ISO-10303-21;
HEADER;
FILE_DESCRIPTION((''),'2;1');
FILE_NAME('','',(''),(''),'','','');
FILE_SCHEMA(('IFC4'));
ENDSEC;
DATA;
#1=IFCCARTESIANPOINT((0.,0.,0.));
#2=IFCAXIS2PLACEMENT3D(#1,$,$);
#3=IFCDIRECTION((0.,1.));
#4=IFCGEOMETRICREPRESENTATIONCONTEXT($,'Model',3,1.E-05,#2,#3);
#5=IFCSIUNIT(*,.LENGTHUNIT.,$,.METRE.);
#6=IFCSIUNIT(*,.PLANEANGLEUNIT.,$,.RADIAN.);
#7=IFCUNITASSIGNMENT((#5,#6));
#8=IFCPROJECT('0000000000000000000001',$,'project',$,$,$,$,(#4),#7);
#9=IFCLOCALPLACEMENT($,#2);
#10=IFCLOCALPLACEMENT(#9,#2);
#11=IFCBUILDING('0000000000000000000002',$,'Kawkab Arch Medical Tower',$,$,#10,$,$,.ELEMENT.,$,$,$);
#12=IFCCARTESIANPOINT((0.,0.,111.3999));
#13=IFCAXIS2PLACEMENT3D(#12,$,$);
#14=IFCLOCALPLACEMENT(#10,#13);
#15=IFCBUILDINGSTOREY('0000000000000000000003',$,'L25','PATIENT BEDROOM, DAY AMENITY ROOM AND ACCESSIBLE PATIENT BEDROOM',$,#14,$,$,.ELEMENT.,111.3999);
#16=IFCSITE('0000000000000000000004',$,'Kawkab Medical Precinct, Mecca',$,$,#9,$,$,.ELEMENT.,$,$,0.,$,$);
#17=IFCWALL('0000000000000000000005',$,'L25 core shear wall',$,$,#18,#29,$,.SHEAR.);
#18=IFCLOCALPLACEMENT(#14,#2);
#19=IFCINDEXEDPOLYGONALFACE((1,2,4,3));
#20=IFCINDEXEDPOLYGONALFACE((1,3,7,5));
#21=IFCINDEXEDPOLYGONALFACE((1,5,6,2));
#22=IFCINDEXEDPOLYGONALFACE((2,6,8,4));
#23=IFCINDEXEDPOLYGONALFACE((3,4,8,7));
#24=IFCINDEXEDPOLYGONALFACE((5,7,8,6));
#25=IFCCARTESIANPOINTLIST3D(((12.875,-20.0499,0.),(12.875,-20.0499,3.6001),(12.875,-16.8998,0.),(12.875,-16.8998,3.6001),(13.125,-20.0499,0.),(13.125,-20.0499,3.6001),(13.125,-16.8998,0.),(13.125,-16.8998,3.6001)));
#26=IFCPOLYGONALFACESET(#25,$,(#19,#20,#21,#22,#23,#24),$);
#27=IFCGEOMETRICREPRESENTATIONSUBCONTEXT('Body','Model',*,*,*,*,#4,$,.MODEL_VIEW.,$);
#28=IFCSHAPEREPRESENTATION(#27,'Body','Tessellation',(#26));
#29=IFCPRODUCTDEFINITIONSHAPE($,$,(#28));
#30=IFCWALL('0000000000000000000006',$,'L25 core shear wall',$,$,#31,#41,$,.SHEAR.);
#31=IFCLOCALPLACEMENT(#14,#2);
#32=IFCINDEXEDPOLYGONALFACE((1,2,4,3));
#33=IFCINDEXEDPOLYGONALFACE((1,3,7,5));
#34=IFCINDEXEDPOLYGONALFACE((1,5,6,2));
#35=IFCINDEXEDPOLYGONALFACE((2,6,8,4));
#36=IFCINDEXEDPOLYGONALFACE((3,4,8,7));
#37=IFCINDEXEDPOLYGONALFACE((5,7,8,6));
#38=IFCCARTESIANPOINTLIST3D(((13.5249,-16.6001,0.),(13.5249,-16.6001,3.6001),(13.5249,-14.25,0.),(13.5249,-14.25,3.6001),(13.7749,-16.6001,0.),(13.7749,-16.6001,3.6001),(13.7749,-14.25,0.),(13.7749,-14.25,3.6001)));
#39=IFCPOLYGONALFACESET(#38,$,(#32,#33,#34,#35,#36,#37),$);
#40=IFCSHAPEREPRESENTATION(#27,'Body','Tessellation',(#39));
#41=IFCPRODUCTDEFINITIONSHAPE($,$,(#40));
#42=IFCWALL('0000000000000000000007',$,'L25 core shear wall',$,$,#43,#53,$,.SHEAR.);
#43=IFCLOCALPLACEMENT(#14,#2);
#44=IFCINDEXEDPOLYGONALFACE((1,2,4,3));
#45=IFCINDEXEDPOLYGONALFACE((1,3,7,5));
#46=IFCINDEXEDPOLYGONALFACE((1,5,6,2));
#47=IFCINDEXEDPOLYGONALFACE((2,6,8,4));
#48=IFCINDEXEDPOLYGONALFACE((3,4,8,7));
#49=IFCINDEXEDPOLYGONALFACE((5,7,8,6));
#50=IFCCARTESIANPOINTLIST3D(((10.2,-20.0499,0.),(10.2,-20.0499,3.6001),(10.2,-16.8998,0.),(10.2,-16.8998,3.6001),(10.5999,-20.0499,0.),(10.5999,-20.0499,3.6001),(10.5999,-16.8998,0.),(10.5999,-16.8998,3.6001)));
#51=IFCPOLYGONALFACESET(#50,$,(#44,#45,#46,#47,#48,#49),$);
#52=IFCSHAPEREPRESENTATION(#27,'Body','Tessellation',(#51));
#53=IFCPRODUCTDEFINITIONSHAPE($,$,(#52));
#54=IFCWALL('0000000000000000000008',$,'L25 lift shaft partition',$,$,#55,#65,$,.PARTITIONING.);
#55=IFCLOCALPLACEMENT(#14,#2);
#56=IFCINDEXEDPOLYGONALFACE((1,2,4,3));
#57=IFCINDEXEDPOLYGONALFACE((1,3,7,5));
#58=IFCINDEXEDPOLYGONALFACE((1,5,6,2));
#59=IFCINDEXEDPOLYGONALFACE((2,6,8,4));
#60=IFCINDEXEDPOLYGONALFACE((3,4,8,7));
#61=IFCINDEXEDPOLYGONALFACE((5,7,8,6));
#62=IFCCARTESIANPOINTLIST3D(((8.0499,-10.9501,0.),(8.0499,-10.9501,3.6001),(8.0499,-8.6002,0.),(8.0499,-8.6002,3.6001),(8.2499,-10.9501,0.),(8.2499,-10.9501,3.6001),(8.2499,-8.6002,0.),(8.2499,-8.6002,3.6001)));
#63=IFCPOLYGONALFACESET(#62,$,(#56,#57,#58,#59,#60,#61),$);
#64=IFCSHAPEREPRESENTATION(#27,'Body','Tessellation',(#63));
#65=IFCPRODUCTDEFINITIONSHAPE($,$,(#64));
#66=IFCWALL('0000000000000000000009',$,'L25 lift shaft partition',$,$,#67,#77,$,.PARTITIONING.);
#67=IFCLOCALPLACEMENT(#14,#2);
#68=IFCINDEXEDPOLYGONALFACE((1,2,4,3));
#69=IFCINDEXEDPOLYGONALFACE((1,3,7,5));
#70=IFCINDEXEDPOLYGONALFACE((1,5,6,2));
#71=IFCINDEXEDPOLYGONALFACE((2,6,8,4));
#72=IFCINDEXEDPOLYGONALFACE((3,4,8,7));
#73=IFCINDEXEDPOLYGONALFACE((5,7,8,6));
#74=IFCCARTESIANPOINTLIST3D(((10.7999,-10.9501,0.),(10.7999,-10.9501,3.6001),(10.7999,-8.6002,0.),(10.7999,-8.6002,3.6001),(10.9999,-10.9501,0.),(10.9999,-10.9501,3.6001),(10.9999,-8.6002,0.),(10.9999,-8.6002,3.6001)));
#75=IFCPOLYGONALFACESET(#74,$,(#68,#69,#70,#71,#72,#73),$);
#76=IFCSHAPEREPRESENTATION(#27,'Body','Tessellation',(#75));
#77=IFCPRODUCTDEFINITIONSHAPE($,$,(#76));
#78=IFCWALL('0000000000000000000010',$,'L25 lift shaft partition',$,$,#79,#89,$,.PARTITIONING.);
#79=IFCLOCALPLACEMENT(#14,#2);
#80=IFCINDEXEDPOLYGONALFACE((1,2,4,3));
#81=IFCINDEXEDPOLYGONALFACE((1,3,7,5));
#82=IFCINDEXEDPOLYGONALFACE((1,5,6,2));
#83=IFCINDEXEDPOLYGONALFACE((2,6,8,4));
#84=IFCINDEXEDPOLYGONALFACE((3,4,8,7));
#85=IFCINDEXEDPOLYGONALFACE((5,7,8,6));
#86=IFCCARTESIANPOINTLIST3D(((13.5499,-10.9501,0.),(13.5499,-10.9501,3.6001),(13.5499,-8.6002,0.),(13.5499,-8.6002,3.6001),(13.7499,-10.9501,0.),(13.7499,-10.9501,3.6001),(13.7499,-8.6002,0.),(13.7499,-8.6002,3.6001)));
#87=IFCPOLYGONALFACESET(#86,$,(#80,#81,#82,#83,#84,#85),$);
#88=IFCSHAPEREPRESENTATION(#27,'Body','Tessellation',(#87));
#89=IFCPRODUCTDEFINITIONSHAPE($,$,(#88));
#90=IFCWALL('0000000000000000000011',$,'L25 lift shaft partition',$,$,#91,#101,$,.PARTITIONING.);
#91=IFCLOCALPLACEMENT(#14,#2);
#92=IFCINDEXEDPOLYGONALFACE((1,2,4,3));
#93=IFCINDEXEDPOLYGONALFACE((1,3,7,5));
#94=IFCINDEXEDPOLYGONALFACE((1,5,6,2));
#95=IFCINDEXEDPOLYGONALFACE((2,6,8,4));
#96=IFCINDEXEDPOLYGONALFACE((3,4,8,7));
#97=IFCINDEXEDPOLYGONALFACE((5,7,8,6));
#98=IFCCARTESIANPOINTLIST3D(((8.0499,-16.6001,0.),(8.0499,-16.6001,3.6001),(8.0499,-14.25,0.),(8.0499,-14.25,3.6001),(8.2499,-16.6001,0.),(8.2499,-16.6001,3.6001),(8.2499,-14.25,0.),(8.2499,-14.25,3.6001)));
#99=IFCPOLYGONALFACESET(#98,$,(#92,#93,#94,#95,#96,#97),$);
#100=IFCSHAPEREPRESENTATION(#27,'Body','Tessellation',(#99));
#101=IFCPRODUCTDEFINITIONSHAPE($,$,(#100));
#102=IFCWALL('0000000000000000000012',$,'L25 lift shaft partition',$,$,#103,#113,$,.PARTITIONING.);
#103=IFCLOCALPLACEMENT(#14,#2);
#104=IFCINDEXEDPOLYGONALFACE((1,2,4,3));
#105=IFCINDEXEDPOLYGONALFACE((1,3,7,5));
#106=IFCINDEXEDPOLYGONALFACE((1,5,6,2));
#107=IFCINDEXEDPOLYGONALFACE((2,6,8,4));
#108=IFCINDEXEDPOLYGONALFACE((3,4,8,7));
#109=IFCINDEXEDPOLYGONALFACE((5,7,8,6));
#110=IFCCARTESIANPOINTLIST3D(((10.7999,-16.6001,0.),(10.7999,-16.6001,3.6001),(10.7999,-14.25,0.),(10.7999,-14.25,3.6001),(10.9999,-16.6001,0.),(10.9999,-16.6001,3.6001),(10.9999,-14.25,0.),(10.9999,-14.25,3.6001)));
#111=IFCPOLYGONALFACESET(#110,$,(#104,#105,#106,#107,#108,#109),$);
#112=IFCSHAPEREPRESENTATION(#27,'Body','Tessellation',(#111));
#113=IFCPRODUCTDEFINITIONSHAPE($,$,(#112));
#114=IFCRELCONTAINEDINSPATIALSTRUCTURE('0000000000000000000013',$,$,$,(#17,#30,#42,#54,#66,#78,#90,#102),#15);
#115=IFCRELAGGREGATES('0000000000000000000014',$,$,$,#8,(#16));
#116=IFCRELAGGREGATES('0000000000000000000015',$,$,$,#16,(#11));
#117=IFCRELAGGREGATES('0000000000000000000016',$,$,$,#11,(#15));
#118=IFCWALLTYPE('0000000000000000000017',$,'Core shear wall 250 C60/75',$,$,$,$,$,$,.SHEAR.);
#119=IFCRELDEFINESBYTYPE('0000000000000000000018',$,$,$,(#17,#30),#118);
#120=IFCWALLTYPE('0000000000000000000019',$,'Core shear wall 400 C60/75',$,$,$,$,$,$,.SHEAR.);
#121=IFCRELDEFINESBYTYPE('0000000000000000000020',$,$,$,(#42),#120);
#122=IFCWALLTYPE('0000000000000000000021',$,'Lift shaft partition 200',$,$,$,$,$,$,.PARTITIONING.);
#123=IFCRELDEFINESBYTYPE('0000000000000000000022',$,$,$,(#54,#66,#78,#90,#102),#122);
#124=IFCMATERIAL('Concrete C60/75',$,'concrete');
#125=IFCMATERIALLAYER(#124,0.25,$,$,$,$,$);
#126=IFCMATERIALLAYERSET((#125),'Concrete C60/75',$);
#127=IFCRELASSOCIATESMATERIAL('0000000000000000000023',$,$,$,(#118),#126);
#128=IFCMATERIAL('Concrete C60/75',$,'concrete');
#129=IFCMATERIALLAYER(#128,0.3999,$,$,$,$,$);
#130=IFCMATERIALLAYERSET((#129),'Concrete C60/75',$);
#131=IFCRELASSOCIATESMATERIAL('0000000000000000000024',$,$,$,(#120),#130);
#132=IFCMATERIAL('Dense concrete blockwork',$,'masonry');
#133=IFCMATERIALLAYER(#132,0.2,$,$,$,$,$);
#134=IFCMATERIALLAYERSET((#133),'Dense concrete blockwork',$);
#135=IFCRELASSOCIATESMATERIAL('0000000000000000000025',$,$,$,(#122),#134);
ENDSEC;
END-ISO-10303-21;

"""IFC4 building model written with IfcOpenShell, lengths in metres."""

from ifc_helpers import new_model, si_unit, direction, frame, frame_2d, origin, place, context, subcontext, project, spatial, rectangle, extrude, material, layer, layer_set, type_object, element, save


model = new_model("IFC4")

# Units and contexts
model_context = context("Model", 3, precision=1e-05, world=origin(), true_north=direction((0.0, 1.0)))
body_context = subcontext(model_context, "Body", "Model", "MODEL_VIEW")
ifc_project = project(units=[si_unit("LENGTHUNIT", "METRE"), si_unit("PLANEANGLEUNIT", "RADIAN")], contexts=[model_context])

# Site, building, storey
site_placement = place(None, origin())
site = spatial("IfcSite", under=ifc_project, at=site_placement, Name="Kawkab Medical Precinct, Mecca", CompositionType="ELEMENT", RefElevation=0.0)
building_placement = place(site_placement, origin())
building = spatial("IfcBuilding", under=site, at=building_placement, Name="Kawkab Arch Medical Tower", CompositionType="ELEMENT")
storey_placement = place(building_placement, frame((0.0, 0.0, 111.3999)))
storey = spatial("IfcBuildingStorey", under=building, at=storey_placement, Name="L25", Description="PATIENT BEDROOM, DAY AMENITY ROOM AND ACCESSIBLE PATIENT BEDROOM", CompositionType="ELEMENT", Elevation=111.3999)

# Walls
ifc_material_1 = material(Name="Concrete C60/75", Category="concrete")
ifc_layer_1 = layer(ifc_material_1, 0.25)
ifc_layer_set_1 = layer_set([ifc_layer_1], Name="Concrete C60/75")
wall_type_1 = type_object("IfcWallType", Name="Core shear wall 250 C60/75", PredefinedType="SHEAR", material=ifc_layer_set_1)
wall_1_placement = place(storey_placement, frame((13.0, -20.05, 0.0), z_axis=(0.0, 0.0, 1.0), x_axis=(0.0, 1.0, 0.0)))
element("IfcWall", 1, at=wall_1_placement, inside=storey, type_object=wall_type_1, Name="L25 core shear wall", PredefinedType="SHEAR", context=body_context, shape_type="SweptSolid", body=[
    extrude(rectangle(XDim=3.1501, YDim=0.25, at=frame_2d((1.5752, 0.0))), origin(), (0.0, 0.0, 1.0), 3.6001),
])
wall_2_placement = place(storey_placement, frame((13.6499, -16.6001, 0.0), z_axis=(0.0, 0.0, 1.0), x_axis=(0.0, 1.0, 0.0)))
element("IfcWall", 2, at=wall_2_placement, inside=storey, type_object=wall_type_1, Name="L25 core shear wall", PredefinedType="SHEAR", context=body_context, shape_type="SweptSolid", body=[
    extrude(rectangle(XDim=2.3501, YDim=0.25, at=frame_2d((1.175, 0.0))), origin(), (0.0, 0.0, 1.0), 3.6001),
])
ifc_material_2 = material(Name="Concrete C60/75", Category="concrete")
ifc_layer_2 = layer(ifc_material_2, 0.3999)
ifc_layer_set_2 = layer_set([ifc_layer_2], Name="Concrete C60/75")
wall_type_2 = type_object("IfcWallType", Name="Core shear wall 400 C60/75", PredefinedType="SHEAR", material=ifc_layer_set_2)
wall_3_placement = place(storey_placement, frame((10.3999, -20.05, 0.0), z_axis=(0.0, 0.0, 1.0), x_axis=(0.0, 1.0, 0.0)))
element("IfcWall", 3, at=wall_3_placement, inside=storey, type_object=wall_type_2, Name="L25 core shear wall", PredefinedType="SHEAR", context=body_context, shape_type="SweptSolid", body=[
    extrude(rectangle(XDim=3.1501, YDim=0.3999, at=frame_2d((1.5752, 0.0))), origin(), (0.0, 0.0, 1.0), 3.6001),
])
ifc_material_3 = material(Name="Dense concrete blockwork", Category="masonry")
ifc_layer_3 = layer(ifc_material_3, 0.2)
ifc_layer_set_3 = layer_set([ifc_layer_3], Name="Dense concrete blockwork")
wall_type_3 = type_object("IfcWallType", Name="Lift shaft partition 200", PredefinedType="PARTITIONING", material=ifc_layer_set_3)
for number, where, z_axis, x_axis, name in (
    (4, (8.1499, -10.95, 0.0), (0.0, 0.0, 1.0), (0.0, 1.0, 0.0), "L25 lift shaft partition"),
    (5, (10.8999, -10.95, 0.0), (0.0, 0.0, 1.0), (0.0, 1.0, 0.0), "L25 lift shaft partition"),
    (6, (13.6499, -10.95, 0.0), (0.0, 0.0, 1.0), (0.0, 1.0, 0.0), "L25 lift shaft partition"),
):
    element("IfcWall", number, at=place(storey_placement, frame(where, z_axis=z_axis, x_axis=x_axis)), inside=storey, type_object=wall_type_3, Name=name, PredefinedType="PARTITIONING", context=body_context, shape_type="SweptSolid", body=[
        extrude(rectangle(XDim=2.3499, YDim=0.2, at=frame_2d((1.1748, 0.0))), origin(), (0.0, 0.0, 1.0), 3.6001),
    ])
for number, where, z_axis, x_axis, name in (
    (7, (8.1499, -16.6001, 0.0), (0.0, 0.0, 1.0), (0.0, 1.0, 0.0), "L25 lift shaft partition"),
    (8, (10.8999, -16.6001, 0.0), (0.0, 0.0, 1.0), (0.0, 1.0, 0.0), "L25 lift shaft partition"),
):
    element("IfcWall", number, at=place(storey_placement, frame(where, z_axis=z_axis, x_axis=x_axis)), inside=storey, type_object=wall_type_3, Name=name, PredefinedType="PARTITIONING", context=body_context, shape_type="SweptSolid", body=[
        extrude(rectangle(XDim=2.3501, YDim=0.2, at=frame_2d((1.175, 0.0))), origin(), (0.0, 0.0, 1.0), 3.6001),
    ])

save(model, "model.ifc")
